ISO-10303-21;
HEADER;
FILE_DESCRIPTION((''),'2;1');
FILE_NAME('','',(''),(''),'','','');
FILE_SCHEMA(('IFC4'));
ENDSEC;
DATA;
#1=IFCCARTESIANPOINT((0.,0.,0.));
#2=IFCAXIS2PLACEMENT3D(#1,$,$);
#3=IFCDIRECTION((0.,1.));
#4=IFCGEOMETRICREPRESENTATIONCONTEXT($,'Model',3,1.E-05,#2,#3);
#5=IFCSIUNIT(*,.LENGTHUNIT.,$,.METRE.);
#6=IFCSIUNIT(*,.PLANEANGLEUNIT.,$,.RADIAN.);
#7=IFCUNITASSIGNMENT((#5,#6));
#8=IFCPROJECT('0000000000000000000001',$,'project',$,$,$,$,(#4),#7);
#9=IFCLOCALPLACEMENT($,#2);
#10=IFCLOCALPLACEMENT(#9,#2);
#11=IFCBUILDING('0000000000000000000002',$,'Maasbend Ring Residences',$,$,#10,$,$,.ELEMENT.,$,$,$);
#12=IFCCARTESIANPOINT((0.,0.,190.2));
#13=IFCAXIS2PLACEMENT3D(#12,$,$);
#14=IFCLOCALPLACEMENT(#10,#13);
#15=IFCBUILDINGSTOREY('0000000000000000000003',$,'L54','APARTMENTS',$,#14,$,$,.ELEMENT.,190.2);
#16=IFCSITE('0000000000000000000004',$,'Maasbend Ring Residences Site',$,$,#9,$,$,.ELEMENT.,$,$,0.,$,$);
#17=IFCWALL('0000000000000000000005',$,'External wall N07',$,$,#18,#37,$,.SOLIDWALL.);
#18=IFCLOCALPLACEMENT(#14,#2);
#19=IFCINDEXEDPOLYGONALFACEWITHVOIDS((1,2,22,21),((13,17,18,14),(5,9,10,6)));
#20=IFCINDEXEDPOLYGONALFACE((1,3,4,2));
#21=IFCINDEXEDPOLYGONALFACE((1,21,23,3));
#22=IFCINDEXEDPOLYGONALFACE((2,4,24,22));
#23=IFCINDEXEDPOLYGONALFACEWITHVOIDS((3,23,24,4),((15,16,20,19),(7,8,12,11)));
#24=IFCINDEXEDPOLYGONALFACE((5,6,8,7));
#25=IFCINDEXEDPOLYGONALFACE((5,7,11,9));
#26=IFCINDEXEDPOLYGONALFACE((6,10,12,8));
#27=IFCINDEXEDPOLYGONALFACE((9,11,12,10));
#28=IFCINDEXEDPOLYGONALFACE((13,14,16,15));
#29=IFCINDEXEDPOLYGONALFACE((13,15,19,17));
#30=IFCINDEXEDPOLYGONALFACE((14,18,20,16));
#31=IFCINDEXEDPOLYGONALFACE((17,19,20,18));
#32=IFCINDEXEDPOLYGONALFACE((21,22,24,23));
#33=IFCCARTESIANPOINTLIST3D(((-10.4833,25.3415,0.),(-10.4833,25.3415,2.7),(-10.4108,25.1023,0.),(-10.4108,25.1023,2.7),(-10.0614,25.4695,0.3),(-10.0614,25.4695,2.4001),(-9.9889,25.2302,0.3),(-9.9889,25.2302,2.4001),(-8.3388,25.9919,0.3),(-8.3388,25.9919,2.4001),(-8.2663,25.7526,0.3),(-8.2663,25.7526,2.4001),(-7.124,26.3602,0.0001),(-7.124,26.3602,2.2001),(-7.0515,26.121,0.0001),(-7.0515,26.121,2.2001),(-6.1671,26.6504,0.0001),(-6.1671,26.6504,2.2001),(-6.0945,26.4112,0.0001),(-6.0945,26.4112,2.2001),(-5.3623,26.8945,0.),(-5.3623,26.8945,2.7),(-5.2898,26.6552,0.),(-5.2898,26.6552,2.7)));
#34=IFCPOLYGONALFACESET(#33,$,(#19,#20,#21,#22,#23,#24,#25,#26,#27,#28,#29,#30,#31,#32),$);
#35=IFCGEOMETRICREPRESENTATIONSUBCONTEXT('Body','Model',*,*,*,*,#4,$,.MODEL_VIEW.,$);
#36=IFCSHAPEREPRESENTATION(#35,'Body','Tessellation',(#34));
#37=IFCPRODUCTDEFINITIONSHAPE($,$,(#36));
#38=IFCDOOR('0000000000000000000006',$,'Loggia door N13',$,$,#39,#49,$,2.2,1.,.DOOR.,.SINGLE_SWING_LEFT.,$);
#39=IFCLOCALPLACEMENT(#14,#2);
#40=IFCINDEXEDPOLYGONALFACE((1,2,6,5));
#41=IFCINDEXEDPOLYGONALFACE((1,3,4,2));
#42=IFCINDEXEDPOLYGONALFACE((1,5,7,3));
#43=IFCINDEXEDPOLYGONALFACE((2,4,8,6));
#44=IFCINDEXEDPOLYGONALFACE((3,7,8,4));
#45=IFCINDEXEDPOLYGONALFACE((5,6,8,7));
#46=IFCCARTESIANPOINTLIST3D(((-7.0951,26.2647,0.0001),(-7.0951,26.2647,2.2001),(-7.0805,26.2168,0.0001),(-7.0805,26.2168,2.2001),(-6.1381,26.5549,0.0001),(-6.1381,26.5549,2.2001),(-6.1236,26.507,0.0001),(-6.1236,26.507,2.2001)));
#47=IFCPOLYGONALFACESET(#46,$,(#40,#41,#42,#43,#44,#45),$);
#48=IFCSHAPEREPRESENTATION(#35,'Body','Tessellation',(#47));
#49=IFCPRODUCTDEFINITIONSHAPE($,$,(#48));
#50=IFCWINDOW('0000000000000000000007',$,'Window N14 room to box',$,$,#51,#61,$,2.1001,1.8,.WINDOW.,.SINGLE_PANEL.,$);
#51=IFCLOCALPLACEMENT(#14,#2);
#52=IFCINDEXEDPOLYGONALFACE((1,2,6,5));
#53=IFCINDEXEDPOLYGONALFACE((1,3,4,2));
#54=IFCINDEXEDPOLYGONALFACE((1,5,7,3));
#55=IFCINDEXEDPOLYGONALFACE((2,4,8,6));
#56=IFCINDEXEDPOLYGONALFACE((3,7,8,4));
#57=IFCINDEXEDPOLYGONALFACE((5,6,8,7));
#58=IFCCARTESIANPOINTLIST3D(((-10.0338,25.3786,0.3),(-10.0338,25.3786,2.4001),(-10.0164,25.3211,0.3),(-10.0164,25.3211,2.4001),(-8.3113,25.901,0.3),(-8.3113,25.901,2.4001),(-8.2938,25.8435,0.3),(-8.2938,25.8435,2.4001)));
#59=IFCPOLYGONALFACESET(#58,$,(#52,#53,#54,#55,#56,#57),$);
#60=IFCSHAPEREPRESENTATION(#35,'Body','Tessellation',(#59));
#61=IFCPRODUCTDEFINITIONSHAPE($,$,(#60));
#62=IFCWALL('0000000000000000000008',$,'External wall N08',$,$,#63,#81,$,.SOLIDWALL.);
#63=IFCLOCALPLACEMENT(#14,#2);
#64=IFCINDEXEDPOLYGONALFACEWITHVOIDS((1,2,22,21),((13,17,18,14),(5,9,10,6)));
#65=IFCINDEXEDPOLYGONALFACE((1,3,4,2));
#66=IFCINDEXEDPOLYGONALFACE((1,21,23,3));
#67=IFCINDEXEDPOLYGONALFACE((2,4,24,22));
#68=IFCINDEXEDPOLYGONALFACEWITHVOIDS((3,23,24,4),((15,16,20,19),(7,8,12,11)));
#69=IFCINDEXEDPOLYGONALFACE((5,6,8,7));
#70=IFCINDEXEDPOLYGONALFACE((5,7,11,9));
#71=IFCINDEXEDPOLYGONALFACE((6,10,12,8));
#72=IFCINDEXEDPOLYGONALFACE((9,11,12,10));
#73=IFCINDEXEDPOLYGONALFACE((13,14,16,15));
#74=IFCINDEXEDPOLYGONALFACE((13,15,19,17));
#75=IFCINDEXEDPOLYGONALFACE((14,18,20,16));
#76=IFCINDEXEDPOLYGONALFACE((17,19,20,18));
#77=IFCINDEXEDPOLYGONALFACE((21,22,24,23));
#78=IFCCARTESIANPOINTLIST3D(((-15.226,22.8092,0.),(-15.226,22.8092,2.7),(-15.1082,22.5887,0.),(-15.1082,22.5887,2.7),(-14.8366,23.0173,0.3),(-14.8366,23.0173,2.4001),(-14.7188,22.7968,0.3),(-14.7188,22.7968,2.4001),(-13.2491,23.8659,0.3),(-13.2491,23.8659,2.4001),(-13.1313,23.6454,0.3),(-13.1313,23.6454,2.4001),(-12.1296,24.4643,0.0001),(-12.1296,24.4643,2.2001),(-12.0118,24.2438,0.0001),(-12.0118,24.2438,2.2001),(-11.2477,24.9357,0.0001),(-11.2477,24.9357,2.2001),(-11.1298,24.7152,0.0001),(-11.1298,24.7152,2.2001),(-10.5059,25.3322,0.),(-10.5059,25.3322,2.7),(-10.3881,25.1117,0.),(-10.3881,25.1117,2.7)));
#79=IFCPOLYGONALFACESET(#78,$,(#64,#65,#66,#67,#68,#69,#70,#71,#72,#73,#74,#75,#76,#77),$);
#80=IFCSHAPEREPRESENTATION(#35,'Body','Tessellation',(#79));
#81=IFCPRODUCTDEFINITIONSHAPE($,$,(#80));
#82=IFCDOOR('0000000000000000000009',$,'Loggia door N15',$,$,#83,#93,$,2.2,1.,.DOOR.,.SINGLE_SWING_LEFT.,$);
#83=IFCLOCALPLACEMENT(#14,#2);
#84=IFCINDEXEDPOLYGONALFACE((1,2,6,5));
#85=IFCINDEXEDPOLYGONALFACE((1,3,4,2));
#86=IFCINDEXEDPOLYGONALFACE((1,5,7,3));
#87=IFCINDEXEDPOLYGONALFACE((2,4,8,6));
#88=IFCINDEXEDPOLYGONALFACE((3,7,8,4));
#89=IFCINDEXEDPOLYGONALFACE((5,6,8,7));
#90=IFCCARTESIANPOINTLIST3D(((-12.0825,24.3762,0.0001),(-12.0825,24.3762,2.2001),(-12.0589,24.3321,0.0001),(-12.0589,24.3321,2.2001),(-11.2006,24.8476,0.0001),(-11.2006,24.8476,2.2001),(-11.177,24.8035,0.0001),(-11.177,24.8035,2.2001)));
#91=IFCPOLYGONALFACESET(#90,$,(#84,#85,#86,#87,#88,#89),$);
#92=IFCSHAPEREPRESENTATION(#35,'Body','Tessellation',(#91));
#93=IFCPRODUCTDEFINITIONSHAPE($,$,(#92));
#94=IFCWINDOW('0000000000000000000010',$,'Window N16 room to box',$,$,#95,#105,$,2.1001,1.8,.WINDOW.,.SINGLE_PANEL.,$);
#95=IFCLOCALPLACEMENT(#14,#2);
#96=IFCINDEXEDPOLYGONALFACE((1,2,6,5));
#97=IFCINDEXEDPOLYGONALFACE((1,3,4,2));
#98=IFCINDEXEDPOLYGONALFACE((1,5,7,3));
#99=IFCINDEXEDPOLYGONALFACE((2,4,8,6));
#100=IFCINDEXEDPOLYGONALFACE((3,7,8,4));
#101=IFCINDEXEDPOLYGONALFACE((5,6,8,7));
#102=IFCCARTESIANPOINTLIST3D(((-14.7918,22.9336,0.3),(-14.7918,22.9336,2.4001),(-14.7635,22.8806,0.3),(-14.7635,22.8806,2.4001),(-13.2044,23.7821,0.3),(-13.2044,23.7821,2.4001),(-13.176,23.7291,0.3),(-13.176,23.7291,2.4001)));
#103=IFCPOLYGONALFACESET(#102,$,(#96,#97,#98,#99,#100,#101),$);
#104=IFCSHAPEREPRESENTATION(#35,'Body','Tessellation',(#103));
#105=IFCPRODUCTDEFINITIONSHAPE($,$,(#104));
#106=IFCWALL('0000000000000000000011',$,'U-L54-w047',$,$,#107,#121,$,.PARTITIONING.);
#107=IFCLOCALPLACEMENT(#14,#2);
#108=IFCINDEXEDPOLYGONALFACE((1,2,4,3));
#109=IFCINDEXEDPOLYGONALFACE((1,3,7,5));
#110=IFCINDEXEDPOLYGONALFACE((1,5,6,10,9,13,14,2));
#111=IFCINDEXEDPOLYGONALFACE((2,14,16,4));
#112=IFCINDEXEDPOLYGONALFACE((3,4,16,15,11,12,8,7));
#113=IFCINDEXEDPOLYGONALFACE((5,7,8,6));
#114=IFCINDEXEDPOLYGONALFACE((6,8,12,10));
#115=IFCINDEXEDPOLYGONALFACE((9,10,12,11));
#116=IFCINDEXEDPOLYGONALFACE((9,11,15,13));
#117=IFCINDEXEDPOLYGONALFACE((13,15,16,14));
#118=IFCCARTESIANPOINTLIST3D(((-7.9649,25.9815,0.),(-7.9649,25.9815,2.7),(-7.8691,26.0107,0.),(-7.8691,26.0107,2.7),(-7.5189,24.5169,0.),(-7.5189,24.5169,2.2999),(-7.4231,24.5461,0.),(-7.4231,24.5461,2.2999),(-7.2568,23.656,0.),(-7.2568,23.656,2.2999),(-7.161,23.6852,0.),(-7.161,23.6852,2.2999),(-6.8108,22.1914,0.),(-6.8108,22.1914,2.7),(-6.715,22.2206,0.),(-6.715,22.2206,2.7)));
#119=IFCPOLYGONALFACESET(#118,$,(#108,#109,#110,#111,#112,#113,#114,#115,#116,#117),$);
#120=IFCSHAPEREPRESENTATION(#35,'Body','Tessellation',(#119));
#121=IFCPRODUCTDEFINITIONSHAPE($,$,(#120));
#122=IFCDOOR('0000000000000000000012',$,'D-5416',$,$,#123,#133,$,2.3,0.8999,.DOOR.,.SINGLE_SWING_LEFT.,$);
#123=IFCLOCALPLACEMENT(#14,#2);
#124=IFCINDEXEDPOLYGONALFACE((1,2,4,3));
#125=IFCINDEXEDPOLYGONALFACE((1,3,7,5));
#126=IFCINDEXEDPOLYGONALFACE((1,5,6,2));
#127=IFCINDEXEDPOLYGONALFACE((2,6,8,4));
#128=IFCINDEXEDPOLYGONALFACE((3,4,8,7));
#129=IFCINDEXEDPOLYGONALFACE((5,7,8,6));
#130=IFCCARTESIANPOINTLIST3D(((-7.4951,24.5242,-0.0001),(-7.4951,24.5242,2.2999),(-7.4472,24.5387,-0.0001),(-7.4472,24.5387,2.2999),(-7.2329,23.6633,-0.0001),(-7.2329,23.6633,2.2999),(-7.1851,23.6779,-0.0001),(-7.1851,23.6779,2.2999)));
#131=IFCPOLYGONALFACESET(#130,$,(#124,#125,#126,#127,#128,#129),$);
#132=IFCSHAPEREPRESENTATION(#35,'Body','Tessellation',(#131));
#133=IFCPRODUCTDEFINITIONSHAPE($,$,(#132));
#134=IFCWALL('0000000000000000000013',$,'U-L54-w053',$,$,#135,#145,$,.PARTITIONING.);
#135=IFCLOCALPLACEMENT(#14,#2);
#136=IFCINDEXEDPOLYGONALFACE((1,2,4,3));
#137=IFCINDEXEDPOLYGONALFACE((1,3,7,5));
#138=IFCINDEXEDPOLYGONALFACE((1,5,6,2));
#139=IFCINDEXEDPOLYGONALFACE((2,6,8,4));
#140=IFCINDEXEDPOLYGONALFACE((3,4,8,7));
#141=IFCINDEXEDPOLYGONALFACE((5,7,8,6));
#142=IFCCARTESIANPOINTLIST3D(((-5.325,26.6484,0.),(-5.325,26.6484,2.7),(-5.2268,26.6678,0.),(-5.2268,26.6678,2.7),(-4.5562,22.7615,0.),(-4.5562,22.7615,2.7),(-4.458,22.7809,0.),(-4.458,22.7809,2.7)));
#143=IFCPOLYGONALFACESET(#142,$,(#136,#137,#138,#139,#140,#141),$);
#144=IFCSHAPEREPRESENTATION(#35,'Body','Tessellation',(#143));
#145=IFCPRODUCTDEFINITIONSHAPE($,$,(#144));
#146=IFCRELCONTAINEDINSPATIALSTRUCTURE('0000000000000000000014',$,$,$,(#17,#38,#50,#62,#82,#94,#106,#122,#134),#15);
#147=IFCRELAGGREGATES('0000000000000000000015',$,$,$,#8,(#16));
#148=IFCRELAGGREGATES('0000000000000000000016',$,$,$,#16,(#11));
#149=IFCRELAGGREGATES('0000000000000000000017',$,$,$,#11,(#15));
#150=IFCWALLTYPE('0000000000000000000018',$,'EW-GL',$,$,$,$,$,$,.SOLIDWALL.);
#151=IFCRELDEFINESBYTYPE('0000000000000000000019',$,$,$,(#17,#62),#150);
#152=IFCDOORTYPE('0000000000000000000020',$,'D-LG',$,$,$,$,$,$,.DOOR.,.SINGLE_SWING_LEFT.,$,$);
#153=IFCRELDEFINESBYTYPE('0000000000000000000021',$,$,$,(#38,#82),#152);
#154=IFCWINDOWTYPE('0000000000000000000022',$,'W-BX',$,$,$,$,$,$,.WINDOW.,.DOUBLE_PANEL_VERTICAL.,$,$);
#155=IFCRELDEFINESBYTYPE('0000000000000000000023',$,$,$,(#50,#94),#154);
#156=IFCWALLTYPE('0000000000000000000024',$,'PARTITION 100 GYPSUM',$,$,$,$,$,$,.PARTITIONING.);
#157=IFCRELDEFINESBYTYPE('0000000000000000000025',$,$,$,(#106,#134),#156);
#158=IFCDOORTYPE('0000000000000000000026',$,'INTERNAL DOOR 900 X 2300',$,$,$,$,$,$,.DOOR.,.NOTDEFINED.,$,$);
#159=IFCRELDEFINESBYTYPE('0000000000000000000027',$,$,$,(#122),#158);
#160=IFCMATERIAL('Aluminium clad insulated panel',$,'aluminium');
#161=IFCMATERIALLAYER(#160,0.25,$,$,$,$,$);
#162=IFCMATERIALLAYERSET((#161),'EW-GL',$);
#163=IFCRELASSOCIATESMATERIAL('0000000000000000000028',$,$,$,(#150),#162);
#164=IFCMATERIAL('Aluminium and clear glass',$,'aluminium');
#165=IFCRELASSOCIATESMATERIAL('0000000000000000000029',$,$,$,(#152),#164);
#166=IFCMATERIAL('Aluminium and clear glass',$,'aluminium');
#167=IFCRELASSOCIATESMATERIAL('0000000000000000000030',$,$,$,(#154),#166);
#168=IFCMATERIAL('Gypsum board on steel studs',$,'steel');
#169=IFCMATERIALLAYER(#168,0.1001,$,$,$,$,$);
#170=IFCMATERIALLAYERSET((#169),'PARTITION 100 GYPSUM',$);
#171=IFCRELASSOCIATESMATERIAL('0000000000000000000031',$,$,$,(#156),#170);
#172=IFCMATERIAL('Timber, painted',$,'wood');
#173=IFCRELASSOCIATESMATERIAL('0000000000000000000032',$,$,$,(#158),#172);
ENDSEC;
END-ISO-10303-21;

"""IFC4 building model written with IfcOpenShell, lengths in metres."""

from ifc_helpers import new_model, si_unit, direction, frame, frame_2d, origin, place, context, subcontext, project, spatial, rectangle, extrude, material, layer, layer_set, type_object, element, fill, save


model = new_model("IFC4")

# Units and contexts
model_context = context("Model", 3, precision=1e-05, world=origin(), true_north=direction((0.0, 1.0)))
body_context = subcontext(model_context, "Body", "Model", "MODEL_VIEW")
ifc_project = project(units=[si_unit("LENGTHUNIT", "METRE"), si_unit("PLANEANGLEUNIT", "RADIAN")], contexts=[model_context])

# Site, building, storey
site_placement = place(None, origin())
site = spatial("IfcSite", under=ifc_project, at=site_placement, Name="Maasbend Ring Residences Site", CompositionType="ELEMENT", RefElevation=0.0)
building_placement = place(site_placement, origin())
building = spatial("IfcBuilding", under=site, at=building_placement, Name="Maasbend Ring Residences", CompositionType="ELEMENT")
storey_placement = place(building_placement, frame((0.0, 0.0, 190.2)))
storey = spatial("IfcBuildingStorey", under=building, at=storey_placement, Name="L54", Description="APARTMENTS", CompositionType="ELEMENT", Elevation=190.2)

# Walls, openings, doors, windows
ifc_material_1 = material(Name="Aluminium clad insulated panel", Category="aluminium")
ifc_layer_1 = layer(ifc_material_1, 0.25)
ifc_layer_set_1 = layer_set([ifc_layer_1], Name="EW-GL")
wall_type_1 = type_object("IfcWallType", Name="EW-GL", PredefinedType="SOLIDWALL", material=ifc_layer_set_1)
wall_1_placement = place(storey_placement, frame((-5.3259, 26.7749, 0.0), z_axis=(0.0, 0.0, 1.0), x_axis=(-0.956966, -0.290201, 0.0)))
wall_1 = element("IfcWall", 1, at=wall_1_placement, inside=storey, type_object=wall_type_1, Name="External wall N07", PredefinedType="SOLIDWALL", context=body_context, shape_type="SweptSolid", body=[
    extrude(rectangle(XDim=5.3513, YDim=0.25, at=frame_2d((2.6758, 0.0))), origin(), (0.0, 0.0, 1.0), 2.7),
])
opening_1_placement = place(wall_1_placement, frame((0.8411, 0.0, 0.0)))
opening_1 = element("IfcOpeningElement", 2, at=opening_1_placement, cuts=wall_1, PredefinedType="OPENING", context=body_context, shape_type="SweptSolid", body=[
    extrude(rectangle(XDim=1.0, YDim=2.2, at=frame_2d((0.5, 1.1001))), frame((0.0, 0.135, 0.0), z_axis=(0.0, -1.0, 0.0), x_axis=(1.0, 0.0, 0.0)), (0.0, 0.0, 1.0), 0.27),
])
opening_2_placement = place(wall_1_placement, frame((3.1106, 0.0, 0.3)))
opening_2 = element("IfcOpeningElement", 3, at=opening_2_placement, cuts=wall_1, PredefinedType="OPENING", context=body_context, shape_type="SweptSolid", body=[
    extrude(rectangle(XDim=1.8, YDim=2.1001, at=frame_2d((0.8999, 1.05))), frame((0.0, 0.135, 0.0), z_axis=(0.0, -1.0, 0.0), x_axis=(1.0, 0.0, 0.0)), (0.0, 0.0, 1.0), 0.27),
])
ifc_material_2 = material(Name="Aluminium and clear glass", Category="aluminium")
door_type_1 = type_object("IfcDoorType", Name="D-LG", OperationType="SINGLE_SWING_LEFT", PredefinedType="DOOR", material=ifc_material_2)
door_1_placement = place(opening_1_placement, origin())
door_1 = element("IfcDoor", 4, at=door_1_placement, inside=storey, type_object=door_type_1, Name="Loggia door N13", OperationType="SINGLE_SWING_LEFT", OverallHeight=2.2, OverallWidth=1.0, PredefinedType="DOOR", context=body_context, shape_type="SweptSolid", body=[
    extrude(rectangle(XDim=1.0, YDim=2.2, at=frame_2d((0.5, 1.1001))), frame((0.0, 0.0249, 0.0), z_axis=(0.0, -1.0, 0.0), x_axis=(1.0, 0.0, 0.0)), (0.0, 0.0, 1.0), 0.05),
])
fill(opening_1, door_1)
ifc_material_3 = material(Name="Aluminium and clear glass", Category="aluminium")
window_type_1 = type_object("IfcWindowType", Name="W-BX", PartitioningType="DOUBLE_PANEL_VERTICAL", PredefinedType="WINDOW", material=ifc_material_3)
window_1_placement = place(opening_2_placement, origin())
window_1 = element("IfcWindow", 5, at=window_1_placement, inside=storey, type_object=window_type_1, Name="Window N14 room to box", OverallHeight=2.1001, OverallWidth=1.8, PartitioningType="SINGLE_PANEL", PredefinedType="WINDOW", context=body_context, shape_type="SweptSolid", body=[
    extrude(rectangle(XDim=1.8, YDim=2.1001, at=frame_2d((0.8999, 1.05))), frame((0.0, 0.03, 0.0), z_axis=(0.0, -1.0, 0.0), x_axis=(1.0, 0.0, 0.0)), (0.0, 0.0, 1.0), 0.0601),
])
fill(opening_2, window_1)
wall_2_placement = place(storey_placement, frame((-10.447, 25.2219, 0.0), z_axis=(0.0, 0.0, 1.0), x_axis=(-0.881916, -0.471407, 0.0)))
wall_2 = element("IfcWall", 6, at=wall_2_placement, inside=storey, type_object=wall_type_1, Name="External wall N08", PredefinedType="SOLIDWALL", context=body_context, shape_type="SweptSolid", body=[
    extrude(rectangle(XDim=5.3521, YDim=0.25, at=frame_2d((2.676, 0.0))), origin(), (0.0, 0.0, 1.0), 2.7),
])
opening_3_placement = place(wall_2_placement, frame((0.8411, 0.0, 0.0)))
opening_3 = element("IfcOpeningElement", 7, at=opening_3_placement, cuts=wall_2, PredefinedType="OPENING", context=body_context, shape_type="SweptSolid", body=[
    extrude(rectangle(XDim=1.0, YDim=2.2, at=frame_2d((0.5, 1.1001))), frame((0.0, 0.135, 0.0), z_axis=(0.0, -1.0, 0.0), x_axis=(1.0, 0.0, 0.0)), (0.0, 0.0, 1.0), 0.27),
])
opening_4_placement = place(wall_2_placement, frame((3.1106, 0.0, 0.3)))
opening_4 = element("IfcOpeningElement", 8, at=opening_4_placement, cuts=wall_2, PredefinedType="OPENING", context=body_context, shape_type="SweptSolid", body=[
    extrude(rectangle(XDim=1.8, YDim=2.1001, at=frame_2d((0.8999, 1.05))), frame((0.0, 0.135, 0.0), z_axis=(0.0, -1.0, 0.0), x_axis=(1.0, 0.0, 0.0)), (0.0, 0.0, 1.0), 0.27),
])
door_2_placement = place(opening_3_placement, origin())
door_2 = element("IfcDoor", 9, at=door_2_placement, inside=storey, type_object=door_type_1, Name="Loggia door N15", OperationType="SINGLE_SWING_LEFT", OverallHeight=2.2, OverallWidth=1.0, PredefinedType="DOOR", context=body_context, shape_type="SweptSolid", body=[
    extrude(rectangle(XDim=1.0, YDim=2.2, at=frame_2d((0.5, 1.1001))), frame((0.0, 0.0249, 0.0), z_axis=(0.0, -1.0, 0.0), x_axis=(1.0, 0.0, 0.0)), (0.0, 0.0, 1.0), 0.05),
])
fill(opening_3, door_2)
window_2_placement = place(opening_4_placement, origin())
window_2 = element("IfcWindow", 10, at=window_2_placement, inside=storey, type_object=window_type_1, Name="Window N16 room to box", OverallHeight=2.1001, OverallWidth=1.8, PartitioningType="SINGLE_PANEL", PredefinedType="WINDOW", context=body_context, shape_type="SweptSolid", body=[
    extrude(rectangle(XDim=1.8, YDim=2.1001, at=frame_2d((0.8999, 1.05))), frame((0.0, 0.03, 0.0), z_axis=(0.0, -1.0, 0.0), x_axis=(1.0, 0.0, 0.0)), (0.0, 0.0, 1.0), 0.0601),
])
fill(opening_4, window_2)

# Wall, opening, door
ifc_material_4 = material(Name="Gypsum board on steel studs", Category="steel")
ifc_layer_2 = layer(ifc_material_4, 0.1001)
ifc_layer_set_2 = layer_set([ifc_layer_2], Name="PARTITION 100 GYPSUM")
wall_type_2 = type_object("IfcWallType", Name="PARTITION 100 GYPSUM", PredefinedType="PARTITIONING", material=ifc_layer_set_2)
wall_3_placement = place(storey_placement, frame((-7.917, 25.9961, 0.0), z_axis=(0.0, 0.0, 1.0), x_axis=(0.291292, -0.956634, 0.0)))
wall_3 = element("IfcWall", 11, at=wall_3_placement, inside=storey, type_object=wall_type_2, Name="U-L54-w047", PredefinedType="PARTITIONING", context=body_context, shape_type="SweptSolid", body=[
    extrude(rectangle(XDim=3.9619, YDim=0.1001, at=frame_2d((1.981, 0.0))), origin(), (0.0, 0.0, 1.0), 2.7),
])
opening_5_placement = place(wall_3_placement, frame((1.531, 0.0, 0.0)))
opening_5 = element("IfcOpeningElement", 12, at=opening_5_placement, cuts=wall_3, PredefinedType="OPENING", context=body_context, shape_type="SweptSolid", body=[
    extrude(rectangle(XDim=0.8999, YDim=2.3, at=frame_2d((0.45, 1.1499))), frame((0.0, 0.0601, 0.0), z_axis=(0.0, -1.0, 0.0), x_axis=(1.0, 0.0, 0.0)), (0.0, 0.0, 1.0), 0.1201),
])
ifc_material_5 = material(Name="Timber, painted", Category="wood")
door_type_2 = type_object("IfcDoorType", Name="INTERNAL DOOR 900 X 2300", OperationType="NOTDEFINED", PredefinedType="DOOR", material=ifc_material_5)
door_3_placement = place(opening_5_placement, origin())
door_3 = element("IfcDoor", 13, at=door_3_placement, inside=storey, type_object=door_type_2, Name="D-5416", OperationType="SINGLE_SWING_LEFT", OverallHeight=2.3, OverallWidth=0.8999, PredefinedType="DOOR", context=body_context, shape_type="SweptSolid", body=[
    extrude(rectangle(XDim=0.8999, YDim=2.3, at=frame_2d((0.45, 1.1499))), frame((0.0, 0.0249, 0.0), z_axis=(0.0, -1.0, 0.0), x_axis=(1.0, 0.0, 0.0)), (0.0, 0.0, 1.0), 0.05),
])
fill(opening_5, door_3)

# Wall
wall_4_placement = place(storey_placement, frame((-5.2759, 26.658, 0.0), z_axis=(0.0, 0.0, 1.0), x_axis=(0.19403, -0.980996, 0.0)))
element("IfcWall", 14, at=wall_4_placement, inside=storey, type_object=wall_type_2, Name="U-L54-w053", PredefinedType="PARTITIONING", context=body_context, shape_type="SweptSolid", body=[
    extrude(rectangle(XDim=3.9622, YDim=0.1001, at=frame_2d((1.981, 0.0))), origin(), (0.0, 0.0, 1.0), 2.7),
])

save(model, "model.ifc")
